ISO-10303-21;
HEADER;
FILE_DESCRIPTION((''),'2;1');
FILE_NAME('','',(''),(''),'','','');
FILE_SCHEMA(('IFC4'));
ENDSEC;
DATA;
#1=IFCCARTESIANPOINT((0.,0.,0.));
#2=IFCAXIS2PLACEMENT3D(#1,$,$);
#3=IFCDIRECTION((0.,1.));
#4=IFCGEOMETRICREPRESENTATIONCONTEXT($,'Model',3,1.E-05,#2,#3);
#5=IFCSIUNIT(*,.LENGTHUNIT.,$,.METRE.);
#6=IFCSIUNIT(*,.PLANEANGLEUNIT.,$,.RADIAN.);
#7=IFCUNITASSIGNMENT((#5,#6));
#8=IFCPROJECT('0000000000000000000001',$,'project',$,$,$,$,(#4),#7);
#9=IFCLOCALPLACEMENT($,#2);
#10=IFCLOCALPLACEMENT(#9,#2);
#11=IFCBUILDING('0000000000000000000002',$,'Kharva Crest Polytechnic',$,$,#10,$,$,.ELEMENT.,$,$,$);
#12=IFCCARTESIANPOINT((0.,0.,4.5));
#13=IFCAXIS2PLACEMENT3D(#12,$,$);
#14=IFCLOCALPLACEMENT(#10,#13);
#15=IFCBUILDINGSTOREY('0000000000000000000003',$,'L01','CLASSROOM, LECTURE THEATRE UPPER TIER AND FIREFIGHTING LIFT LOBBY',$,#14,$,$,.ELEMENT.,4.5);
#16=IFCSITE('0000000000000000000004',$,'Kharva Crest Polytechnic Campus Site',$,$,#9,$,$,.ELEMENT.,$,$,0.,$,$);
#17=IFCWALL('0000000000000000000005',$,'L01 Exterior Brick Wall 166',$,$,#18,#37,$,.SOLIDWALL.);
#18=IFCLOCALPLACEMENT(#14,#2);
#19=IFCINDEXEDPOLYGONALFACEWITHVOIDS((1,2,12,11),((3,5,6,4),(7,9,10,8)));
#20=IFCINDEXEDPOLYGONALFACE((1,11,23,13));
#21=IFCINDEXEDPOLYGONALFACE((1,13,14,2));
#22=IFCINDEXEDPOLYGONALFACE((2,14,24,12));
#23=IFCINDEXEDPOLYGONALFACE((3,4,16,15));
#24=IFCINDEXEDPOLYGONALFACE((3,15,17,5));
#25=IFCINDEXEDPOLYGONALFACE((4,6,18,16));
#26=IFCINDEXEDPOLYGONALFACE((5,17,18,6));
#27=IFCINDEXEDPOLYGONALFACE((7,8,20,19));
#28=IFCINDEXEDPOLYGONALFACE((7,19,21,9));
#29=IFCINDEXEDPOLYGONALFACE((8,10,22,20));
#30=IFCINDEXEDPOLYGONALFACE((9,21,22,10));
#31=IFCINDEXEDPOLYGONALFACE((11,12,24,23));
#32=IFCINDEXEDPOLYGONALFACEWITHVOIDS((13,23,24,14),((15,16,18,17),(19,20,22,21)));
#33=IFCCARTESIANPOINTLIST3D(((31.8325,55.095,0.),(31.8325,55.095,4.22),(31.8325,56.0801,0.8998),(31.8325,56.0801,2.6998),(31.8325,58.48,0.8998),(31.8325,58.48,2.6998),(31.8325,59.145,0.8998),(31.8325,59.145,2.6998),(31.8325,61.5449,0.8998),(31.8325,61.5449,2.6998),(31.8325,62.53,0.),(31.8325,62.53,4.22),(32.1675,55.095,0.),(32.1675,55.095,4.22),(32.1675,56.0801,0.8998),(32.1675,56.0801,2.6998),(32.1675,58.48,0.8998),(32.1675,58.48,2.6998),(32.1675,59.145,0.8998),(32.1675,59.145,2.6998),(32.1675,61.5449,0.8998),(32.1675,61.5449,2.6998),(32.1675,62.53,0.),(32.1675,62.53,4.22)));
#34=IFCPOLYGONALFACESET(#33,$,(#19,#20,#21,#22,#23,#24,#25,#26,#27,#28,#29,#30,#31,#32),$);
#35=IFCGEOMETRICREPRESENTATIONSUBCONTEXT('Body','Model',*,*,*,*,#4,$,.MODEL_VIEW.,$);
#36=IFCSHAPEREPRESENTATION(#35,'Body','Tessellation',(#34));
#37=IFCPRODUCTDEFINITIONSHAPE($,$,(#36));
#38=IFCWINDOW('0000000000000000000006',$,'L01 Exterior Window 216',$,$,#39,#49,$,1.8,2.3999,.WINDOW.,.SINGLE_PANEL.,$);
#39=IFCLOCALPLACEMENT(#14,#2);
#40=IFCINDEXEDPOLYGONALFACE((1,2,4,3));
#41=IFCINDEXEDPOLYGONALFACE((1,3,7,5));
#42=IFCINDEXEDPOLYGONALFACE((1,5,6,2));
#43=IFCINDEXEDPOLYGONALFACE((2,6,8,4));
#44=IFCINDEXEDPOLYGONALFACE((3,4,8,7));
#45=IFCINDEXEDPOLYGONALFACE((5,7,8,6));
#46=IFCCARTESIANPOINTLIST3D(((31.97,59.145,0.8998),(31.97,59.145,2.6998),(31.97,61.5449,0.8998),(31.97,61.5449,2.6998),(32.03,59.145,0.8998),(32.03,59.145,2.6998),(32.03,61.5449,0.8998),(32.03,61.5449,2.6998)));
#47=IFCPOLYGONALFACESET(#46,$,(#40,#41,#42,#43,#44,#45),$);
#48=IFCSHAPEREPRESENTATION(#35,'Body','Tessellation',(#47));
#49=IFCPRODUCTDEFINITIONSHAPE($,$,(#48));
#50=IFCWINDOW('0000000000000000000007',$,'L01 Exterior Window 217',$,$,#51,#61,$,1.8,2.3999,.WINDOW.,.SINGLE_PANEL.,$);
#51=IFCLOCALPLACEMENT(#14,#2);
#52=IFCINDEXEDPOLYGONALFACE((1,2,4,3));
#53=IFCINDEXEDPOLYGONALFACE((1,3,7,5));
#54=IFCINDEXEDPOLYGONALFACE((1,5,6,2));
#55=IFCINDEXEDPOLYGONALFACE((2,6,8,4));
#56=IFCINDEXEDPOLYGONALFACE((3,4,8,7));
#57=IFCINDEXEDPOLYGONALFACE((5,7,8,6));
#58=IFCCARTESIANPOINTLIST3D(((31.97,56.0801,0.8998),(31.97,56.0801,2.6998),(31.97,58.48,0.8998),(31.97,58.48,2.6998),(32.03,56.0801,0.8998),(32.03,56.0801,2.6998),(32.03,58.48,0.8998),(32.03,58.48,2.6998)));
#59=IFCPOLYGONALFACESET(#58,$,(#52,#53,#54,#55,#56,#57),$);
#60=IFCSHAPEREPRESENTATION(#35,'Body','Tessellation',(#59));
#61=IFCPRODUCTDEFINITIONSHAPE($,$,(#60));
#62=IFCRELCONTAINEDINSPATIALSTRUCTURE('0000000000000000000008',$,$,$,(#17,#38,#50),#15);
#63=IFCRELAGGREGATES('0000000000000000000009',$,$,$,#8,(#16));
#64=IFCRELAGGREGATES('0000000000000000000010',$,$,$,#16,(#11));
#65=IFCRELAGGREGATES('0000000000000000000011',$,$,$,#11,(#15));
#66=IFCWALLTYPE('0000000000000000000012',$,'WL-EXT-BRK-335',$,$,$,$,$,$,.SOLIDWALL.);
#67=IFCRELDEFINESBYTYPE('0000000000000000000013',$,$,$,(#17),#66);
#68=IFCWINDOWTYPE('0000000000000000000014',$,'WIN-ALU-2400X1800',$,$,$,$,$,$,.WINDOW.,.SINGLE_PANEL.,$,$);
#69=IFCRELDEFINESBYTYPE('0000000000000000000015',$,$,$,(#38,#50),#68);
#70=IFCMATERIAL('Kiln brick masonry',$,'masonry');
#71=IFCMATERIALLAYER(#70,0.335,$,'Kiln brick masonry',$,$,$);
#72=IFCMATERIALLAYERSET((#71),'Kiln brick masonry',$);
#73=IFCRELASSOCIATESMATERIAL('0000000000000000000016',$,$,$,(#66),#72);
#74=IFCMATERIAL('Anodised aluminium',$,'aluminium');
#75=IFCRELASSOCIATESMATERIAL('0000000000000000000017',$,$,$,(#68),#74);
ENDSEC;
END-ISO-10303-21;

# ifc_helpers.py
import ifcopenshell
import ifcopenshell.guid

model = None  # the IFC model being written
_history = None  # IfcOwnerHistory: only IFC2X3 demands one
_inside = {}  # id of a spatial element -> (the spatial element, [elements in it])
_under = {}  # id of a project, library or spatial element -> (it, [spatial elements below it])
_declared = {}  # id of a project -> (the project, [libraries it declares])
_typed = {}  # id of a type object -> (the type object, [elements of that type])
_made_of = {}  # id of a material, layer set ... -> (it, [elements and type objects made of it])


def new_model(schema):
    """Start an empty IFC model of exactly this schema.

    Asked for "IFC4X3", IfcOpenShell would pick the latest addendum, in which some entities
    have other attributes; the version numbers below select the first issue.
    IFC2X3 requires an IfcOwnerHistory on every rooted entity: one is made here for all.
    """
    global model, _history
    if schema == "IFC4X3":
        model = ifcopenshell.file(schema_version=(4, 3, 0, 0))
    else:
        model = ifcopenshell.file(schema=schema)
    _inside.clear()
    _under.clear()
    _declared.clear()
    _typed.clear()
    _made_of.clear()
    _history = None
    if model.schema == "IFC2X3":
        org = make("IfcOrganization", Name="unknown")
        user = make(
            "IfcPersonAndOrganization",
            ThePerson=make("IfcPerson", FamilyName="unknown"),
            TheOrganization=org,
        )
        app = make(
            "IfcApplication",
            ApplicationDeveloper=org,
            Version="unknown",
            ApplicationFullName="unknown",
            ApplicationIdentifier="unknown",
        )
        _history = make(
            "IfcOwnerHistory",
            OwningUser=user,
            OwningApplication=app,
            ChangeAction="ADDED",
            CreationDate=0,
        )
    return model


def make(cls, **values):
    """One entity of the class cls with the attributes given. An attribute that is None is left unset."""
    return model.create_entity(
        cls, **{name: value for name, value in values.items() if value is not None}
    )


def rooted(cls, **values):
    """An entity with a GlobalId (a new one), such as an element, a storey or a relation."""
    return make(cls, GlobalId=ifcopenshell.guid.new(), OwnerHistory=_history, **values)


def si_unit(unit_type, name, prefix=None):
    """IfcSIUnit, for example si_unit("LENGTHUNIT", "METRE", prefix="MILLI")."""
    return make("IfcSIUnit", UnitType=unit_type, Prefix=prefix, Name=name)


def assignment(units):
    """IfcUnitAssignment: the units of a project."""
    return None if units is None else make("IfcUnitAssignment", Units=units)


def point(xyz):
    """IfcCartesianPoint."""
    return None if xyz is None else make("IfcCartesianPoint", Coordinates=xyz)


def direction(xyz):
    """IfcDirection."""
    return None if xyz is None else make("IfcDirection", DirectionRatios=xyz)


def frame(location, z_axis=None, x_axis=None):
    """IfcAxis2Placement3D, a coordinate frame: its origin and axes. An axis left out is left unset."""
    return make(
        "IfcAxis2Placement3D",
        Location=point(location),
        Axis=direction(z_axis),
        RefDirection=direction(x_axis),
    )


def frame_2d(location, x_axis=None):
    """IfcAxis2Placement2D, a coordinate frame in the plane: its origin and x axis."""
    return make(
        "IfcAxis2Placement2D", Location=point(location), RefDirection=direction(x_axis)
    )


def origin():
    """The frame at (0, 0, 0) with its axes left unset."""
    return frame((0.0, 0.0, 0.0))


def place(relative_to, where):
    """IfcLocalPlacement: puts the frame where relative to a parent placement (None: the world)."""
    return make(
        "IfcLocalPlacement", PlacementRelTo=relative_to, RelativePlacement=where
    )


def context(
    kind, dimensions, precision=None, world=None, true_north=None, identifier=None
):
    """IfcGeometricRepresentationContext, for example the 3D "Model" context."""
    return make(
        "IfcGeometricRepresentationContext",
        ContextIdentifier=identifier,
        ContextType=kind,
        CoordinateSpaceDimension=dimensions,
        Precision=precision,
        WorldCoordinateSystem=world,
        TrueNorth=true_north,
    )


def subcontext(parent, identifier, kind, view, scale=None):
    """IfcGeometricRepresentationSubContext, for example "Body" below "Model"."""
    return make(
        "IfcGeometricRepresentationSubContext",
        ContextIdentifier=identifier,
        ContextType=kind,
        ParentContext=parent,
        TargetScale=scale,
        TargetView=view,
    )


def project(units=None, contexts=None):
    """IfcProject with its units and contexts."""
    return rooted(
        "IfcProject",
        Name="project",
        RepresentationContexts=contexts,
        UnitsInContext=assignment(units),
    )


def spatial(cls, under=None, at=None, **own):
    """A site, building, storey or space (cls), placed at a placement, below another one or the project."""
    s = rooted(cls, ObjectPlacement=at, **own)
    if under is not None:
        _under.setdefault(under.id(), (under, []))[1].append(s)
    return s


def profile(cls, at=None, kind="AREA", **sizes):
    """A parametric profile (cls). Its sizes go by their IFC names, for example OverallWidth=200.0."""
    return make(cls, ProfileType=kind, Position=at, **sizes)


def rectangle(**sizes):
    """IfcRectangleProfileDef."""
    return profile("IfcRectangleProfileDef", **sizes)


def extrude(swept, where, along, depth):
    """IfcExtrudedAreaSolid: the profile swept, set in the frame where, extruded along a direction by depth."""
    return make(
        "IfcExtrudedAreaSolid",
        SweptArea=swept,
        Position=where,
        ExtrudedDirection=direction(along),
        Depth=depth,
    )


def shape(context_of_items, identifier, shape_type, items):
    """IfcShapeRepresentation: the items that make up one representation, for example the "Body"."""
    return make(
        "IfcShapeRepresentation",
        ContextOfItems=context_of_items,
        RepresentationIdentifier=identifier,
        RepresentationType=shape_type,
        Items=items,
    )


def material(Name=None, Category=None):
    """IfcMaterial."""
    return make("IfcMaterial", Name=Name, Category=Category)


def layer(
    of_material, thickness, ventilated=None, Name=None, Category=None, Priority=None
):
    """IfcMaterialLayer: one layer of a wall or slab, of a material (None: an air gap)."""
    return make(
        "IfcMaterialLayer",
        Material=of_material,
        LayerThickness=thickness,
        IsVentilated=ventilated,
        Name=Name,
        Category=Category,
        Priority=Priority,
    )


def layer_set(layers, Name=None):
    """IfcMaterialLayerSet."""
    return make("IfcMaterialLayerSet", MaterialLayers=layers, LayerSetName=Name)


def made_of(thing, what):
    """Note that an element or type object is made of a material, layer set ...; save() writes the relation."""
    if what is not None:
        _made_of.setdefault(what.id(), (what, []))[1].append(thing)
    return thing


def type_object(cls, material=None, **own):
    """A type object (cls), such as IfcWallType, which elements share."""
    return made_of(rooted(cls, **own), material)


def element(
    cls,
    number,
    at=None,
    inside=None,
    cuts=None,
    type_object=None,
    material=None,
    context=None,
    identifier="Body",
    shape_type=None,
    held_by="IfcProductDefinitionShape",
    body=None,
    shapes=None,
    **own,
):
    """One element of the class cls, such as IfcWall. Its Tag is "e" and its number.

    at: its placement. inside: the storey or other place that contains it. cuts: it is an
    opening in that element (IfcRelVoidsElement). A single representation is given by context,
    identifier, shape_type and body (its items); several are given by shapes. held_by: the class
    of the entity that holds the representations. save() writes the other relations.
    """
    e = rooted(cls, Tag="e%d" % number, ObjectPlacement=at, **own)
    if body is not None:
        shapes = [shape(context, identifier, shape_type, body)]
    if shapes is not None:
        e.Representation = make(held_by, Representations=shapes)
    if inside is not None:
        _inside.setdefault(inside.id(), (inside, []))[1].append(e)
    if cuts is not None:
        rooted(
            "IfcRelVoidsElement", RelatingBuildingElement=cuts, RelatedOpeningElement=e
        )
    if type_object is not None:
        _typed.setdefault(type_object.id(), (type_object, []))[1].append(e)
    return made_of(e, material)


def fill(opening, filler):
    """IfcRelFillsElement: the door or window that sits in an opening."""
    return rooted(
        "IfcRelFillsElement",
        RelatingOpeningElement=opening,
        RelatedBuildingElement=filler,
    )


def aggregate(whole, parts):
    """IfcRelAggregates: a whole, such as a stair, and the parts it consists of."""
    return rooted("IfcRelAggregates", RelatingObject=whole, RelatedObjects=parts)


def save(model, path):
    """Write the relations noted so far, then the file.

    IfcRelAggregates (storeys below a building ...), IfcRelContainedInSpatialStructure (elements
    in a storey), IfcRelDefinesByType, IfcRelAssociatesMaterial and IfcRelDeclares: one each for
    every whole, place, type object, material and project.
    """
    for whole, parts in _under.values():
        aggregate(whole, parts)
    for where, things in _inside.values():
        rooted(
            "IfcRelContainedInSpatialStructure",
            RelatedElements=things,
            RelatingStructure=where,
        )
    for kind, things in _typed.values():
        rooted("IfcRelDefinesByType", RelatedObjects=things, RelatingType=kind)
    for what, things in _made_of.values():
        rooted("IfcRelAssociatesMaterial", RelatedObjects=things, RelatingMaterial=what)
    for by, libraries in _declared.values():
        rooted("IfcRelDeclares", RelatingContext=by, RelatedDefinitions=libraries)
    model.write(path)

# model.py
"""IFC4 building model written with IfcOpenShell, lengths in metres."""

from ifc_helpers import new_model, si_unit, direction, frame, frame_2d, origin, place, context, subcontext, project, spatial, rectangle, extrude, material, layer, layer_set, type_object, element, fill, save


model = new_model("IFC4")

# Units and contexts
model_context = context("Model", 3, precision=1e-05, world=origin(), true_north=direction((0.0, 1.0)))
body_context = subcontext(model_context, "Body", "Model", "MODEL_VIEW")
ifc_project = project(units=[si_unit("LENGTHUNIT", "METRE"), si_unit("PLANEANGLEUNIT", "RADIAN")], contexts=[model_context])

# Site, building, storey
site_placement = place(None, origin())
site = spatial("IfcSite", under=ifc_project, at=site_placement, Name="Kharva Crest Polytechnic Campus Site", CompositionType="ELEMENT", RefElevation=0.0)
building_placement = place(site_placement, origin())
building = spatial("IfcBuilding", under=site, at=building_placement, Name="Kharva Crest Polytechnic", CompositionType="ELEMENT")
storey_placement = place(building_placement, frame((0.0, 0.0, 4.5)))
storey = spatial("IfcBuildingStorey", under=building, at=storey_placement, Name="L01", Description="CLASSROOM, LECTURE THEATRE UPPER TIER AND FIREFIGHTING LIFT LOBBY", CompositionType="ELEMENT", Elevation=4.5)

# Wall, openings, windows
ifc_material_1 = material(Name="Kiln brick masonry", Category="masonry")
ifc_layer_1 = layer(ifc_material_1, 0.335, Name="Kiln brick masonry")
ifc_layer_set_1 = layer_set([ifc_layer_1], Name="Kiln brick masonry")
wall_type = type_object("IfcWallType", Name="WL-EXT-BRK-335", PredefinedType="SOLIDWALL", material=ifc_layer_set_1)
wall_placement = place(storey_placement, frame((32.0, 62.53, 0.0), z_axis=(0.0, 0.0, 1.0), x_axis=(0.0, -1.0, 0.0)))
wall = element("IfcWall", 1, at=wall_placement, inside=storey, type_object=wall_type, Name="L01 Exterior Brick Wall 166", PredefinedType="SOLIDWALL", context=body_context, shape_type="SweptSolid", body=[
    extrude(rectangle(XDim=7.4351, YDim=0.335, at=frame_2d((3.7175, 0.0))), origin(), (0.0, 0.0, 1.0), 4.22),
])
opening_1_placement = place(wall_placement, frame((0.9851, 0.0, 0.8999)))
opening_1 = element("IfcOpeningElement", 2, at=opening_1_placement, cuts=wall, PredefinedType="OPENING", context=body_context, shape_type="SweptSolid", body=[
    extrude(rectangle(XDim=2.3999, YDim=1.8, at=frame_2d((1.2, 0.8999))), frame((0.0, 0.1775, 0.0), z_axis=(0.0, -1.0, 0.0), x_axis=(1.0, 0.0, 0.0)), (0.0, 0.0, 1.0), 0.355),
])
opening_2_placement = place(wall_placement, frame((4.05, 0.0, 0.8999)))
opening_2 = element("IfcOpeningElement", 3, at=opening_2_placement, cuts=wall, PredefinedType="OPENING", context=body_context, shape_type="SweptSolid", body=[
    extrude(rectangle(XDim=2.3999, YDim=1.8, at=frame_2d((1.2, 0.8999))), frame((0.0, 0.1775, 0.0), z_axis=(0.0, -1.0, 0.0), x_axis=(1.0, 0.0, 0.0)), (0.0, 0.0, 1.0), 0.355),
])
ifc_material_2 = material(Name="Anodised aluminium", Category="aluminium")
window_type = type_object("IfcWindowType", Name="WIN-ALU-2400X1800", PartitioningType="SINGLE_PANEL", PredefinedType="WINDOW", material=ifc_material_2)
window_1_placement = place(opening_1_placement, origin())
window_1 = element("IfcWindow", 4, at=window_1_placement, inside=storey, type_object=window_type, Name="L01 Exterior Window 216", OverallHeight=1.8, OverallWidth=2.3999, PartitioningType="SINGLE_PANEL", PredefinedType="WINDOW", context=body_context, shape_type="SweptSolid", body=[
    extrude(rectangle(XDim=2.3999, YDim=1.8, at=frame_2d((1.2, 0.8999))), frame((0.0, 0.03, 0.0), z_axis=(0.0, -1.0, 0.0), x_axis=(1.0, 0.0, 0.0)), (0.0, 0.0, 1.0), 0.0601),
])
fill(opening_1, window_1)
window_2_placement = place(opening_2_placement, origin())
window_2 = element("IfcWindow", 5, at=window_2_placement, inside=storey, type_object=window_type, Name="L01 Exterior Window 217", OverallHeight=1.8, OverallWidth=2.3999, PartitioningType="SINGLE_PANEL", PredefinedType="WINDOW", context=body_context, shape_type="SweptSolid", body=[
    extrude(rectangle(XDim=2.3999, YDim=1.8, at=frame_2d((1.2, 0.8999))), frame((0.0, 0.03, 0.0), z_axis=(0.0, -1.0, 0.0), x_axis=(1.0, 0.0, 0.0)), (0.0, 0.0, 1.0), 0.0601),
])
fill(opening_2, window_2)

save(model, "model.ifc")
